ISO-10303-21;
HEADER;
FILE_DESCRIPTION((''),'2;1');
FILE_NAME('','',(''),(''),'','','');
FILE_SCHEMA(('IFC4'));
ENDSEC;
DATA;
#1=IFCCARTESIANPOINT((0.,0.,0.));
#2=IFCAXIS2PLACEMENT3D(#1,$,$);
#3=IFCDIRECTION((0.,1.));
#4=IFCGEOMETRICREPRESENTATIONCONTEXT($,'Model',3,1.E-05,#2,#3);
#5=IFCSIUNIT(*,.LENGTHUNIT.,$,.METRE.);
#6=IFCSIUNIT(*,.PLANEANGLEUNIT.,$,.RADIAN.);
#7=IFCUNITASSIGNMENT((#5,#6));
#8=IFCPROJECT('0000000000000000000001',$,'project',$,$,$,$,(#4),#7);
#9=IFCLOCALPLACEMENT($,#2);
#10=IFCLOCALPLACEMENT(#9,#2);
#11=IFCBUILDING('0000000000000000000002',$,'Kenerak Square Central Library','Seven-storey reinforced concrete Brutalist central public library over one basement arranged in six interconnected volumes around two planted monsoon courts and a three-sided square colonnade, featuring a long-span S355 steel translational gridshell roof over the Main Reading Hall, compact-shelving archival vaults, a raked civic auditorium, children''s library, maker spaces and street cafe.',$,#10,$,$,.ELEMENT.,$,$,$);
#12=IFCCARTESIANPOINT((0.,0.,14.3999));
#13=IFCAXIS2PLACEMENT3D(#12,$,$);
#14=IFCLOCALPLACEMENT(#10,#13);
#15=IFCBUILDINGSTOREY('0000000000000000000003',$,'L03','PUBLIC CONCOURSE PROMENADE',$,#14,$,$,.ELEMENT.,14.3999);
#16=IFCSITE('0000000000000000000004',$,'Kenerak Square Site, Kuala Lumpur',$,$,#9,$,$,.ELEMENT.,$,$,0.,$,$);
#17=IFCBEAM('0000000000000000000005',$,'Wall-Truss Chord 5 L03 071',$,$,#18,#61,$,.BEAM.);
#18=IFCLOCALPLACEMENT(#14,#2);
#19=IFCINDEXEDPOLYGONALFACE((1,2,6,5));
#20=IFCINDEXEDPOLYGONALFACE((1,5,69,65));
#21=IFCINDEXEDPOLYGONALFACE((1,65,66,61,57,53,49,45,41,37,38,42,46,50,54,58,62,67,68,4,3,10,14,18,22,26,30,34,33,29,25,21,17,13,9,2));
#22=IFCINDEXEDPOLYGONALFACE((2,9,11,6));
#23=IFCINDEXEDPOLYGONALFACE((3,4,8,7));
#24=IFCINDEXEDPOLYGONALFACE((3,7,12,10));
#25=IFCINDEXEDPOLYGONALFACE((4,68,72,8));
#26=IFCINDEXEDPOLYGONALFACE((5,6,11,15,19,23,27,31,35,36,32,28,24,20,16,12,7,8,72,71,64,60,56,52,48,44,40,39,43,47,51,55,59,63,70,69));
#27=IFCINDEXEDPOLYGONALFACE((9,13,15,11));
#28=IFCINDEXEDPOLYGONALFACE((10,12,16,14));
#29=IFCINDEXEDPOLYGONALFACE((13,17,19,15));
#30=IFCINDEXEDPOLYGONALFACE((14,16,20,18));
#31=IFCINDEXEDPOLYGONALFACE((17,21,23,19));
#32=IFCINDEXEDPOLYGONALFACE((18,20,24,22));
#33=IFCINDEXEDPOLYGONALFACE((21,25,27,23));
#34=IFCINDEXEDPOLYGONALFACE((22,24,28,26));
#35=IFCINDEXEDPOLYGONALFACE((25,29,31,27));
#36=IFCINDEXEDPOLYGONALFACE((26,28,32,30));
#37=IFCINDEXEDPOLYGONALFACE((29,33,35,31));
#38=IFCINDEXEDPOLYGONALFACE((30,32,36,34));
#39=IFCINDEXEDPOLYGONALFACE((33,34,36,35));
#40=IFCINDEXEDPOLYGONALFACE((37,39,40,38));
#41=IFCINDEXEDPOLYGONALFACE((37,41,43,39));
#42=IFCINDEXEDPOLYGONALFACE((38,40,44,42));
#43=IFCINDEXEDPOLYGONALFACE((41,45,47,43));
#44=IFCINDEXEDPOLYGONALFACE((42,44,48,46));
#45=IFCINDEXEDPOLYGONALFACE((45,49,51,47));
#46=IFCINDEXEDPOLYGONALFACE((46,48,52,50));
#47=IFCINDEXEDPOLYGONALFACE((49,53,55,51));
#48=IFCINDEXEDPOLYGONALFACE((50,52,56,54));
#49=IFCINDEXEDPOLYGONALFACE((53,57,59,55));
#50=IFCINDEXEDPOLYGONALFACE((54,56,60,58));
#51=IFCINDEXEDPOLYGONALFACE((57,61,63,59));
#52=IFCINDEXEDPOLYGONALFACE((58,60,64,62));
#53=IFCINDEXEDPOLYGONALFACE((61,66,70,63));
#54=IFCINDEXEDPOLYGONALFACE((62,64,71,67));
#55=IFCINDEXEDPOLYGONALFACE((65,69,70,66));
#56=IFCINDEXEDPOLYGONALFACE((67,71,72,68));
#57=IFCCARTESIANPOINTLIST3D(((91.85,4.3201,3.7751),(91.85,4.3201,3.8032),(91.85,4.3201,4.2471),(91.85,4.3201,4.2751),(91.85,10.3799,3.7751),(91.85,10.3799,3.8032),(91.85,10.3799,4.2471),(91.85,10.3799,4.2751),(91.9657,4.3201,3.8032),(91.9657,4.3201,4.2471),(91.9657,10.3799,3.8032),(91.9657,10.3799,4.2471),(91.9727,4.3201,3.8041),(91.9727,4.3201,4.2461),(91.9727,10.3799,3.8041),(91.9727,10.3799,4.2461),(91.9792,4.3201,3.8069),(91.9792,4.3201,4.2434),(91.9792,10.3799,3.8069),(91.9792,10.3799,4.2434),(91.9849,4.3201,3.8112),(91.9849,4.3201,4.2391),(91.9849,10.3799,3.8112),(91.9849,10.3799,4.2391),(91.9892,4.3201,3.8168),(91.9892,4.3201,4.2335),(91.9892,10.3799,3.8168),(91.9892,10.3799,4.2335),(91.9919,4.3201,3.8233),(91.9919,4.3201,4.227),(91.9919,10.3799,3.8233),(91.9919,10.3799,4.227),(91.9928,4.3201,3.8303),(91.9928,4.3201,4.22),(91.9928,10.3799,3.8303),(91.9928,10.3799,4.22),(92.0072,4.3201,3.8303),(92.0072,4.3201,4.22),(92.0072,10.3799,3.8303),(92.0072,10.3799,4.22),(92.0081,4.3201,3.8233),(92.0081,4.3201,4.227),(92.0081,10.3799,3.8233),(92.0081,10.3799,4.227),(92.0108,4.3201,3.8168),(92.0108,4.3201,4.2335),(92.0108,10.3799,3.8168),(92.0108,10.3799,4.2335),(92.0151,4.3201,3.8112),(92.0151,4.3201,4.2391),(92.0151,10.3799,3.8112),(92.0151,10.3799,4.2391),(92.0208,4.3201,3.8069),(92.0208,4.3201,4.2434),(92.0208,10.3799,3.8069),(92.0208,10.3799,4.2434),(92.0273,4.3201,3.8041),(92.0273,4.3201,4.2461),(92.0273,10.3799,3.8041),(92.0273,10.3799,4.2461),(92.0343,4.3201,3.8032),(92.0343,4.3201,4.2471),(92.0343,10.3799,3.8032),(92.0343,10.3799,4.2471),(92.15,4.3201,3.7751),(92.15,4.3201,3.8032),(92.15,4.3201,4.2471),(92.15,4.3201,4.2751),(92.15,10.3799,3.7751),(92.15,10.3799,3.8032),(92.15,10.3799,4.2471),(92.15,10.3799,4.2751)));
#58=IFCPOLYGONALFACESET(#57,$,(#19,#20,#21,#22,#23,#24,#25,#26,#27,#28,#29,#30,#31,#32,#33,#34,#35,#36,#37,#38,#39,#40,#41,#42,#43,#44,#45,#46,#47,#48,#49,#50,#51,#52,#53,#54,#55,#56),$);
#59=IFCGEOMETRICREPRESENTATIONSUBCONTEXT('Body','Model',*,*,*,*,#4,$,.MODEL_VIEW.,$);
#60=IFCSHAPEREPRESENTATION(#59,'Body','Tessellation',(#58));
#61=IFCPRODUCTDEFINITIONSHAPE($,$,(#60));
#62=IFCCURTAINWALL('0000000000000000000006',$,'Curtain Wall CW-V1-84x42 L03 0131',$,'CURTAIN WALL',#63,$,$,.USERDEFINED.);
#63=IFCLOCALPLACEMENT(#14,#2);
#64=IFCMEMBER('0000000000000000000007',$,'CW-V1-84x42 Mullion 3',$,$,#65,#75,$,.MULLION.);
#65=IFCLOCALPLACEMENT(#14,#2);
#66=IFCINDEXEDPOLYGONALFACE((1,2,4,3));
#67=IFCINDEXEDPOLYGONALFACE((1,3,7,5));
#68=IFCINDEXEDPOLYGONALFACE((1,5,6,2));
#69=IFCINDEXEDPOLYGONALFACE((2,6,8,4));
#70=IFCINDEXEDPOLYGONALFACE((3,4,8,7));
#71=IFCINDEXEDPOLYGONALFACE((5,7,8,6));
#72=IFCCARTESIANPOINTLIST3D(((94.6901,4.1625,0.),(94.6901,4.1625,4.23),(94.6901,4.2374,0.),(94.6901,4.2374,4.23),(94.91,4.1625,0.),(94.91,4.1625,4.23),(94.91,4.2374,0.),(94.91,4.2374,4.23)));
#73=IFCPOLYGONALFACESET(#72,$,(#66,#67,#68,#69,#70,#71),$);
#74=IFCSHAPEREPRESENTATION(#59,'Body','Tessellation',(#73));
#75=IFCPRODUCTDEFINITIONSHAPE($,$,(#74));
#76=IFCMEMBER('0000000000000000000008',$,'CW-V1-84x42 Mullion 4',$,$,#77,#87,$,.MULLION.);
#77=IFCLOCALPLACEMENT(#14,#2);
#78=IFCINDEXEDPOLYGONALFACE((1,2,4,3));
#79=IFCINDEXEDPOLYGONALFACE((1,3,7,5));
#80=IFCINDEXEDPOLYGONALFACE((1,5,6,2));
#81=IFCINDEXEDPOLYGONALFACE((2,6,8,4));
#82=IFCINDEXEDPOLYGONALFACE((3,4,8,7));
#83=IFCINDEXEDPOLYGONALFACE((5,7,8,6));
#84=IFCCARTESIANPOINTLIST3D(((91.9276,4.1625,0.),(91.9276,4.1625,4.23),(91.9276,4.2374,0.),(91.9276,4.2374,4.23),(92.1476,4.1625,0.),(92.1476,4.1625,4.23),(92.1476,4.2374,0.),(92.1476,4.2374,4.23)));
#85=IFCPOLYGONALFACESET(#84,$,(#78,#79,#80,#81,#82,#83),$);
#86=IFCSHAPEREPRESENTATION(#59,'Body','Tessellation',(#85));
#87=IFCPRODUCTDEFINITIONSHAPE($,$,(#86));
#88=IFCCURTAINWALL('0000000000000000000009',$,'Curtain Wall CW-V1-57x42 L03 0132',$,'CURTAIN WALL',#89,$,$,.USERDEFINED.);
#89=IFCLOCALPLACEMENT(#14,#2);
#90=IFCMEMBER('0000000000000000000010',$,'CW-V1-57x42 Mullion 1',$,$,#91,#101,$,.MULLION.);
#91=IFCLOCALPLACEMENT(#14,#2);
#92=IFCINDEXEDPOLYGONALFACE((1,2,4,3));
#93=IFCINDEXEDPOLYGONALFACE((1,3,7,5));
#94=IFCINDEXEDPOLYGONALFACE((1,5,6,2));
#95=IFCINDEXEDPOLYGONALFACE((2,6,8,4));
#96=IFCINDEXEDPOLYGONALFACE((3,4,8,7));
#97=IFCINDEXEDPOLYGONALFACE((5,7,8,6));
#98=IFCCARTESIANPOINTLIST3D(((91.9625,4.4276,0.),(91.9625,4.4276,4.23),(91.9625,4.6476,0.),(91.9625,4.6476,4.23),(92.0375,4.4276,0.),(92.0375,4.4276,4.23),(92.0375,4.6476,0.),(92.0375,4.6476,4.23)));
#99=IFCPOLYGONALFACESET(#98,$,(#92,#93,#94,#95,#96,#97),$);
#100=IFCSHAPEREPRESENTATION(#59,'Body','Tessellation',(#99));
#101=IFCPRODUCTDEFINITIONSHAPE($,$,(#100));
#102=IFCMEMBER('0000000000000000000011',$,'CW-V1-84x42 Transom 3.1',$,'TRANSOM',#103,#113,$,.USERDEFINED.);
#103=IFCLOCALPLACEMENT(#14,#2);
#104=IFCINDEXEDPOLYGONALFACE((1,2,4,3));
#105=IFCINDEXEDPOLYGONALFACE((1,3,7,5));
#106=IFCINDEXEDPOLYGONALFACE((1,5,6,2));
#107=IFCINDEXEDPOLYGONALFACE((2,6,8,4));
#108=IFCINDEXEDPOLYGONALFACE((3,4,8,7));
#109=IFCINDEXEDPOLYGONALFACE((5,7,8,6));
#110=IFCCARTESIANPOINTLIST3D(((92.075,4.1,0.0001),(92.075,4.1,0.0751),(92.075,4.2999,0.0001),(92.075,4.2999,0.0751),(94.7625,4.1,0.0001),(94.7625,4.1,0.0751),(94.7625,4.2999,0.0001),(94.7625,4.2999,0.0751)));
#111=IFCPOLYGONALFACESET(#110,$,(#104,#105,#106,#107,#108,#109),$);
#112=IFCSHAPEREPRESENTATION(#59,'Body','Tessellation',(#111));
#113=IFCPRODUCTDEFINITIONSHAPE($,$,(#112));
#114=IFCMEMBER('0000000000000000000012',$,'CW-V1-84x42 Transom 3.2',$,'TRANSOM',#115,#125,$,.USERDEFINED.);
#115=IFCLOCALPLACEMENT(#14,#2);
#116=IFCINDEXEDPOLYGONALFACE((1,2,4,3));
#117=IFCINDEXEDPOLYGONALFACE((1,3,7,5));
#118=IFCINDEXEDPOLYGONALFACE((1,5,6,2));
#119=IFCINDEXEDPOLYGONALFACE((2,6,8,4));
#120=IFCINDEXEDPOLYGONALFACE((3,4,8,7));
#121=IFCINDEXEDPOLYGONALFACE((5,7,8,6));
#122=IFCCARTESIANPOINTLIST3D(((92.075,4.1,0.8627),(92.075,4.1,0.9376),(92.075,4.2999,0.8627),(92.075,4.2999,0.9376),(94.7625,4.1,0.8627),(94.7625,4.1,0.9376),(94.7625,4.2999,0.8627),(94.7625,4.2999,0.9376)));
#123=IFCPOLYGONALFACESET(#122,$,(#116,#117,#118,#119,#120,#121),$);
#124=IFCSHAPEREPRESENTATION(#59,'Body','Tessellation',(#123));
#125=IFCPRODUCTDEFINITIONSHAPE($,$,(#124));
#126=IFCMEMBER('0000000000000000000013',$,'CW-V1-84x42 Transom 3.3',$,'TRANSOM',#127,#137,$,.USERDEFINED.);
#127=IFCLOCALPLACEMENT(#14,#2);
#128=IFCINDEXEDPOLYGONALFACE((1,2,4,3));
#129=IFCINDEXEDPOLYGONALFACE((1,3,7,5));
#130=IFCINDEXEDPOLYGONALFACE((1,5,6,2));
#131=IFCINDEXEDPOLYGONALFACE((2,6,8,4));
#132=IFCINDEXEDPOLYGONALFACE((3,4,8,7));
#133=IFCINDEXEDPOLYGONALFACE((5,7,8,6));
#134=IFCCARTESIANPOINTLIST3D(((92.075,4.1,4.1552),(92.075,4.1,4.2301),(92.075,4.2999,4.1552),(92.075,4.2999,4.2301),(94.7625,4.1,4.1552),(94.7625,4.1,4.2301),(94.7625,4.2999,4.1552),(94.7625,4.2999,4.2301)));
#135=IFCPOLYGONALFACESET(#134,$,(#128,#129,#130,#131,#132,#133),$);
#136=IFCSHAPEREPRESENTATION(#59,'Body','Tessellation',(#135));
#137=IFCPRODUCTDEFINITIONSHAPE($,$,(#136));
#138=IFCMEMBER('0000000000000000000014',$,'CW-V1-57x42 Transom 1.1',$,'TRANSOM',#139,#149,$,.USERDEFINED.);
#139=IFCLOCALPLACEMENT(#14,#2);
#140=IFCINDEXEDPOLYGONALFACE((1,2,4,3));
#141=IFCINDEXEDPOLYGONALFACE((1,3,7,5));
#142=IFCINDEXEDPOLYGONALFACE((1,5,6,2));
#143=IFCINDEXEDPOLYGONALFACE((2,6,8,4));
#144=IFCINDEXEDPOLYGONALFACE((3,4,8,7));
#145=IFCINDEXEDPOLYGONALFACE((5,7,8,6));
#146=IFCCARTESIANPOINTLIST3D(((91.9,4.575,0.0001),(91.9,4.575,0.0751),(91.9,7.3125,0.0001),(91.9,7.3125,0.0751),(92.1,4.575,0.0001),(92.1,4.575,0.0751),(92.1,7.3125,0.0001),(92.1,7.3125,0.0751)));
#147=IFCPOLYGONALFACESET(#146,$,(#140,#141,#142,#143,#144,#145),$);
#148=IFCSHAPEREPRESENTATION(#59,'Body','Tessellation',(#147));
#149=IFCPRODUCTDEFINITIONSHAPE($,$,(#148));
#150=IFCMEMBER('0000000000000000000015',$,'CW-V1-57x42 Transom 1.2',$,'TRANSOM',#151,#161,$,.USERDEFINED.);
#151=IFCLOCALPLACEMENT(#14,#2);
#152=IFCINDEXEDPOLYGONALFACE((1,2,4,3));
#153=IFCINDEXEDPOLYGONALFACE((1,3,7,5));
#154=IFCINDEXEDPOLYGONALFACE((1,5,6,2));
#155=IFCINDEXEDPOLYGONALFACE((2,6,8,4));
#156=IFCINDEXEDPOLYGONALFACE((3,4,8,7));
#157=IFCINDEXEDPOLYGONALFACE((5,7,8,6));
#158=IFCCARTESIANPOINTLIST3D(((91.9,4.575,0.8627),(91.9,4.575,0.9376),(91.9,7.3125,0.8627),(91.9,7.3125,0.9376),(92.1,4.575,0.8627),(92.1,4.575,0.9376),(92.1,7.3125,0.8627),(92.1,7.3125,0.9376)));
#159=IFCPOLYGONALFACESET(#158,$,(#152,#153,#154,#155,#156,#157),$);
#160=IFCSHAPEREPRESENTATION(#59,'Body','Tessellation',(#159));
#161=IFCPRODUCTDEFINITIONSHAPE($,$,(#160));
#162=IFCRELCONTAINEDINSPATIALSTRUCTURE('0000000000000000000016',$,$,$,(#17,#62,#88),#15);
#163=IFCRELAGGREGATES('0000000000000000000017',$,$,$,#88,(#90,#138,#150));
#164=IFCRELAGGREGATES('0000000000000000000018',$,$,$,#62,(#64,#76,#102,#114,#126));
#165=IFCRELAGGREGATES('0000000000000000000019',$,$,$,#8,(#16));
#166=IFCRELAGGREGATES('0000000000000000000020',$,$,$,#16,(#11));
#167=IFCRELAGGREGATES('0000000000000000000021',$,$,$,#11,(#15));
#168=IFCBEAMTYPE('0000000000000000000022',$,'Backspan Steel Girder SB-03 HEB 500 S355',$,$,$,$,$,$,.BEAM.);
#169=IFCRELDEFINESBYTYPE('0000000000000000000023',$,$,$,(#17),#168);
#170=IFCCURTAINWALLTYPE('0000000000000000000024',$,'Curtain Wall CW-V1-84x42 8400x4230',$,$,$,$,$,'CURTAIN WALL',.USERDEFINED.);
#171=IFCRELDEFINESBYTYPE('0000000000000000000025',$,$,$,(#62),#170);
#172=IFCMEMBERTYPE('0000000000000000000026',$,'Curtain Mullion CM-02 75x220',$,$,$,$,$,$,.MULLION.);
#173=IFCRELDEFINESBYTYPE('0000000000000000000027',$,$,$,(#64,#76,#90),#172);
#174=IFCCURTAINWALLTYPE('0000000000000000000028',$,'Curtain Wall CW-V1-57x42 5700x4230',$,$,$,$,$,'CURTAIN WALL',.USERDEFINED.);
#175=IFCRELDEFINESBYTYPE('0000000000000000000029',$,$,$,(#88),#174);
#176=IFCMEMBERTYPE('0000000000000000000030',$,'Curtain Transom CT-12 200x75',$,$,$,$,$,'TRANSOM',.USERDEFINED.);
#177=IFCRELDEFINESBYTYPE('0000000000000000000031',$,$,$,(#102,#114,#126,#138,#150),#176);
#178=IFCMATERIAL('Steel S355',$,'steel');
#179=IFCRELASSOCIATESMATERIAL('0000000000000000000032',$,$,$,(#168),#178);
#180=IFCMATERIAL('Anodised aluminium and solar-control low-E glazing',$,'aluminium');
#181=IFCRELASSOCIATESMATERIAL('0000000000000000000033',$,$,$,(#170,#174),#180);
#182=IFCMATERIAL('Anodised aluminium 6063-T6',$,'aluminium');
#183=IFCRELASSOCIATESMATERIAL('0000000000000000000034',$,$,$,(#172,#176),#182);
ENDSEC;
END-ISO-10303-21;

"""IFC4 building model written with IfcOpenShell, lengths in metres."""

from ifc_helpers import new_model, si_unit, direction, frame, origin, origin_2d, place, context, subcontext, project, spatial, rectangle, i_section, extrude, material, material_profile, profile_set, type_object, element, aggregate, save


model = new_model("IFC4")

# Units and contexts
model_context = context("Model", 3, precision=1e-05, world=origin(), true_north=direction((0.0, 1.0)))
body_context = subcontext(model_context, "Body", "Model", "MODEL_VIEW")
ifc_project = project(units=[si_unit("LENGTHUNIT", "METRE"), si_unit("PLANEANGLEUNIT", "RADIAN")], contexts=[model_context])

# Site, building, storey
site_placement = place(None, origin())
site = spatial("IfcSite", under=ifc_project, at=site_placement, Name="Kenerak Square Site, Kuala Lumpur", CompositionType="ELEMENT", RefElevation=0.0)
building_placement = place(site_placement, origin())
building = spatial("IfcBuilding", under=site, at=building_placement, Name="Kenerak Square Central Library", Description="Seven-storey reinforced concrete Brutalist central public library over one basement arranged in six interconnected volumes around two planted monsoon courts and a three-sided square colonnade, featuring a long-span S355 steel translational gridshell roof over the Main Reading Hall, compact-shelving archival vaults, a raked civic auditorium, children's library, maker spaces and street cafe.", CompositionType="ELEMENT")
storey_placement = place(building_placement, frame((0.0, 0.0, 14.3999)))
storey = spatial("IfcBuildingStorey", under=building, at=storey_placement, Name="L03", Description="PUBLIC CONCOURSE PROMENADE", CompositionType="ELEMENT", Elevation=14.3999)

# Beam
ifc_material_1 = material(Name="Steel S355", Category="steel")
ifc_material_profile_1 = material_profile(ifc_material_1, i_section(OverallWidth=0.3, OverallDepth=0.5, WebThickness=0.0144, FlangeThickness=0.0281, FilletRadius=0.0271, at=origin_2d()), Name="HEB 500")
ifc_profile_set_1 = profile_set([ifc_material_profile_1], Name="Steel S355")
beam_type_1 = type_object("IfcBeamType", Name="Backspan Steel Girder SB-03 HEB 500 S355", PredefinedType="BEAM", material=ifc_profile_set_1)
beam_1_placement = place(storey_placement, frame((92.0, 4.3201, 4.0251), z_axis=(0.0, 1.0, 0.0), x_axis=(-1.0, 0.0, 0.0)))
element("IfcBeam", 1, at=beam_1_placement, inside=storey, type_object=beam_type_1, Name="Wall-Truss Chord 5 L03 071", PredefinedType="BEAM", context=body_context, shape_type="SweptSolid", body=[
    extrude(i_section(OverallWidth=0.3, OverallDepth=0.5, WebThickness=0.0144, FlangeThickness=0.0281, FilletRadius=0.0271, at=origin_2d()), origin(), (0.0, 0.0, 1.0), 6.0598),
])

# Curtain wall, members
ifc_material_2 = material(Name="Anodised aluminium and solar-control low-E glazing", Category="aluminium")
curtain_wall_type_1 = type_object("IfcCurtainWallType", Name="Curtain Wall CW-V1-84x42 8400x4230", ElementType="CURTAIN WALL", PredefinedType="USERDEFINED", material=ifc_material_2)
curtain_wall_1_placement = place(storey_placement, origin())
curtain_wall_1 = element("IfcCurtainWall", 2, at=curtain_wall_1_placement, inside=storey, type_object=curtain_wall_type_1, Name="Curtain Wall CW-V1-84x42 L03 0131", ObjectType="CURTAIN WALL", PredefinedType="USERDEFINED")
ifc_material_3 = material(Name="Anodised aluminium 6063-T6", Category="aluminium")
ifc_material_profile_2 = material_profile(ifc_material_3, rectangle(XDim=0.075, YDim=0.22, at=origin_2d()), Name="AL MULLION 75x220")
ifc_profile_set_2 = profile_set([ifc_material_profile_2], Name="Anodised aluminium 6063-T6")
member_type_1 = type_object("IfcMemberType", Name="Curtain Mullion CM-02 75x220", PredefinedType="MULLION", material=ifc_profile_set_2)
member_1_placement = place(storey_placement, frame((94.8, 4.2, 0.0), z_axis=(0.0, 0.0, 1.0), x_axis=(0.0, -1.0, 0.0)))
member_1 = element("IfcMember", 3, at=member_1_placement, type_object=member_type_1, Name="CW-V1-84x42 Mullion 3", PredefinedType="MULLION", context=body_context, shape_type="SweptSolid", body=[
    extrude(rectangle(XDim=0.075, YDim=0.22, at=origin_2d()), origin(), (0.0, 0.0, 1.0), 4.23),
])
member_2_placement = place(storey_placement, frame((92.0376, 4.2, 0.0), z_axis=(0.0, 0.0, 1.0), x_axis=(0.0, -1.0, 0.0)))
member_2 = element("IfcMember", 4, at=member_2_placement, type_object=member_type_1, Name="CW-V1-84x42 Mullion 4", PredefinedType="MULLION", context=body_context, shape_type="SweptSolid", body=[
    extrude(rectangle(XDim=0.075, YDim=0.22, at=origin_2d()), origin(), (0.0, 0.0, 1.0), 4.23),
])

# Curtain wall, member
curtain_wall_type_2 = type_object("IfcCurtainWallType", Name="Curtain Wall CW-V1-57x42 5700x4230", ElementType="CURTAIN WALL", PredefinedType="USERDEFINED", material=ifc_material_2)
curtain_wall_2_placement = place(storey_placement, origin())
curtain_wall_2 = element("IfcCurtainWall", 5, at=curtain_wall_2_placement, inside=storey, type_object=curtain_wall_type_2, Name="Curtain Wall CW-V1-57x42 L03 0132", ObjectType="CURTAIN WALL", PredefinedType="USERDEFINED")
member_3_placement = place(storey_placement, frame((92.0, 4.5376, 0.0), z_axis=(0.0, 0.0, 1.0), x_axis=(-1.0, 0.0, 0.0)))
member_3 = element("IfcMember", 6, at=member_3_placement, type_object=member_type_1, Name="CW-V1-57x42 Mullion 1", PredefinedType="MULLION", context=body_context, shape_type="SweptSolid", body=[
    extrude(rectangle(XDim=0.075, YDim=0.22, at=origin_2d()), origin(), (0.0, 0.0, 1.0), 4.23),
])

# Members
ifc_material_profile_3 = material_profile(ifc_material_3, rectangle(XDim=0.2, YDim=0.075, at=origin_2d()), Name="AL TRANSOM 200x75")
ifc_profile_set_3 = profile_set([ifc_material_profile_3], Name="Anodised aluminium 6063-T6")
member_type_2 = type_object("IfcMemberType", Name="Curtain Transom CT-12 200x75", ElementType="TRANSOM", PredefinedType="USERDEFINED", material=ifc_profile_set_3)
member_4_placement = place(storey_placement, frame((94.7625, 4.2, 0.0376), z_axis=(-1.0, 0.0, 0.0), x_axis=(0.0, -1.0, 0.0)))
member_4 = element("IfcMember", 7, at=member_4_placement, type_object=member_type_2, Name="CW-V1-84x42 Transom 3.1", ObjectType="TRANSOM", PredefinedType="USERDEFINED", context=body_context, shape_type="SweptSolid", body=[
    extrude(rectangle(XDim=0.2, YDim=0.075, at=origin_2d()), origin(), (0.0, 0.0, 1.0), 2.6875),
])
member_5_placement = place(storey_placement, frame((94.7625, 4.2, 0.9001), z_axis=(-1.0, 0.0, 0.0), x_axis=(0.0, -1.0, 0.0)))
member_5 = element("IfcMember", 8, at=member_5_placement, type_object=member_type_2, Name="CW-V1-84x42 Transom 3.2", ObjectType="TRANSOM", PredefinedType="USERDEFINED", context=body_context, shape_type="SweptSolid", body=[
    extrude(rectangle(XDim=0.2, YDim=0.075, at=origin_2d()), origin(), (0.0, 0.0, 1.0), 2.6875),
])
member_6_placement = place(storey_placement, frame((94.7625, 4.2, 4.1926), z_axis=(-1.0, 0.0, 0.0), x_axis=(0.0, -1.0, 0.0)))
member_6 = element("IfcMember", 9, at=member_6_placement, type_object=member_type_2, Name="CW-V1-84x42 Transom 3.3", ObjectType="TRANSOM", PredefinedType="USERDEFINED", context=body_context, shape_type="SweptSolid", body=[
    extrude(rectangle(XDim=0.2, YDim=0.075, at=origin_2d()), origin(), (0.0, 0.0, 1.0), 2.6875),
])
member_7_placement = place(storey_placement, frame((92.0, 4.575, 0.0376), z_axis=(0.0, 1.0, 0.0), x_axis=(-1.0, 0.0, 0.0)))
member_7 = element("IfcMember", 10, at=member_7_placement, type_object=member_type_2, Name="CW-V1-57x42 Transom 1.1", ObjectType="TRANSOM", PredefinedType="USERDEFINED", context=body_context, shape_type="SweptSolid", body=[
    extrude(rectangle(XDim=0.2, YDim=0.075, at=origin_2d()), origin(), (0.0, 0.0, 1.0), 2.7375),
])
member_8_placement = place(storey_placement, frame((92.0, 4.575, 0.9001), z_axis=(0.0, 1.0, 0.0), x_axis=(-1.0, 0.0, 0.0)))
member_8 = element("IfcMember", 11, at=member_8_placement, type_object=member_type_2, Name="CW-V1-57x42 Transom 1.2", ObjectType="TRANSOM", PredefinedType="USERDEFINED", context=body_context, shape_type="SweptSolid", body=[
    extrude(rectangle(XDim=0.2, YDim=0.075, at=origin_2d()), origin(), (0.0, 0.0, 1.0), 2.7375),
])
aggregate(curtain_wall_2, [member_3, member_7, member_8])

aggregate(curtain_wall_1, [member_1, member_2, member_4, member_5, member_6])

save(model, "model.ifc")
